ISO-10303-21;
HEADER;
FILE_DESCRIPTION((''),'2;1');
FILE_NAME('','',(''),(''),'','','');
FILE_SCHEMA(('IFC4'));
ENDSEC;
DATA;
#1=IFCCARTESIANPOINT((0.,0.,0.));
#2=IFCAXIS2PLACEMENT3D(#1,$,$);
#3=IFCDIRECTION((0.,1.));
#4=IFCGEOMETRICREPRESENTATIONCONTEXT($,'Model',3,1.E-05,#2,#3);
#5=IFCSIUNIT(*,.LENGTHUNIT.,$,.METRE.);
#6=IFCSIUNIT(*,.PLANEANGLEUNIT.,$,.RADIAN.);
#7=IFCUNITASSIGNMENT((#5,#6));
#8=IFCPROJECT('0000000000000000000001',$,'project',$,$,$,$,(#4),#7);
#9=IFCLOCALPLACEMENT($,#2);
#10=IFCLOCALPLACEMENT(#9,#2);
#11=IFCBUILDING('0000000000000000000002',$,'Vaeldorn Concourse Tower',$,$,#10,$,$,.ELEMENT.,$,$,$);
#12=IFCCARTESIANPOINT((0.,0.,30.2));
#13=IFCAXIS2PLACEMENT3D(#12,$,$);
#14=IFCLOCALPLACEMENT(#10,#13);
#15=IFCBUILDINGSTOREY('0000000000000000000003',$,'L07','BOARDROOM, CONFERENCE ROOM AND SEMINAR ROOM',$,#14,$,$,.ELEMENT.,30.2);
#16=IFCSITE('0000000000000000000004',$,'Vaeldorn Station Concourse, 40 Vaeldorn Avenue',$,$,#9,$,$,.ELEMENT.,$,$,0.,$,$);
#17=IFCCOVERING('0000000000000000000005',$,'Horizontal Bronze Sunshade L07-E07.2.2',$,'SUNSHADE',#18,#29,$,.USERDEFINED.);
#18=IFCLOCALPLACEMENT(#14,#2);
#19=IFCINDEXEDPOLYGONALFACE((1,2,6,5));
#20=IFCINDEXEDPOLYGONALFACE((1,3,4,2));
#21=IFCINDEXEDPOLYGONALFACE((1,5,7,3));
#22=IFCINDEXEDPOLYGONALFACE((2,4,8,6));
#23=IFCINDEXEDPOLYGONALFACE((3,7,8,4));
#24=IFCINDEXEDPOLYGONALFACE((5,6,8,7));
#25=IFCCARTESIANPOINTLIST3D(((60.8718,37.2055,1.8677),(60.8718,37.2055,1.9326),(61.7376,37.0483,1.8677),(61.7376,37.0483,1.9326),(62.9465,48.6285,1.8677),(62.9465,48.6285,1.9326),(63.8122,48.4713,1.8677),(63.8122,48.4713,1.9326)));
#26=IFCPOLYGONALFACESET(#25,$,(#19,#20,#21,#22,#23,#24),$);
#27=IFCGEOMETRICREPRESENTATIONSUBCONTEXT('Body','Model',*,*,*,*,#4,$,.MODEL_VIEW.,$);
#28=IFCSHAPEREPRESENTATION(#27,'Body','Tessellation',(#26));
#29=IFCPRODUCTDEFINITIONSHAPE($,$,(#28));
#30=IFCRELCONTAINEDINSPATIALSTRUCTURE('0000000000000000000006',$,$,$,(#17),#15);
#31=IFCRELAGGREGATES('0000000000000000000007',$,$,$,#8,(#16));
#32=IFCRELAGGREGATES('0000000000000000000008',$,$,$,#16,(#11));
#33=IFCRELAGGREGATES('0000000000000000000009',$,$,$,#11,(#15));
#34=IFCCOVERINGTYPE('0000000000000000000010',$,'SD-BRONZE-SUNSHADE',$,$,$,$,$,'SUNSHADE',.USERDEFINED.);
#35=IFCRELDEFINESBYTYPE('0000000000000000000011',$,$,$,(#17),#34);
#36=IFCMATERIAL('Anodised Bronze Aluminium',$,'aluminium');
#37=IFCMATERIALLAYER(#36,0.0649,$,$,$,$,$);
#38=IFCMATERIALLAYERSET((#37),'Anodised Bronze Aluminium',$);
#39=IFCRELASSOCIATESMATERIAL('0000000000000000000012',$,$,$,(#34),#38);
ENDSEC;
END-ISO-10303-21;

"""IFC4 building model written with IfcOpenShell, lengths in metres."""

from ifc_helpers import new_model, si_unit, direction, frame, origin, origin_2d, place, context, subcontext, project, spatial, rectangle, extrude, source, transform, mapped, material, layer, layer_set, type_object, element, save


model = new_model("IFC4")

# Units and contexts
model_context = context("Model", 3, precision=1e-05, world=origin(), true_north=direction((0.0, 1.0)))
body_context = subcontext(model_context, "Body", "Model", "MODEL_VIEW")
ifc_project = project(units=[si_unit("LENGTHUNIT", "METRE"), si_unit("PLANEANGLEUNIT", "RADIAN")], contexts=[model_context])

# Site, building, storey
site_placement = place(None, origin())
site = spatial("IfcSite", under=ifc_project, at=site_placement, Name="Vaeldorn Station Concourse, 40 Vaeldorn Avenue", CompositionType="ELEMENT", RefElevation=0.0)
building_placement = place(site_placement, origin())
building = spatial("IfcBuilding", under=site, at=building_placement, Name="Vaeldorn Concourse Tower", CompositionType="ELEMENT")
storey_placement = place(building_placement, frame((0.0, 0.0, 30.2)))
storey = spatial("IfcBuildingStorey", under=building, at=storey_placement, Name="L07", Description="BOARDROOM, CONFERENCE ROOM AND SEMINAR ROOM", CompositionType="ELEMENT", Elevation=30.2)

# Shared definitions
ifc_material_1 = material(Name="Anodised Bronze Aluminium", Category="aluminium")

# Covering
ifc_layer_1 = layer(ifc_material_1, 0.0649)
ifc_layer_set_1 = layer_set([ifc_layer_1], Name="Anodised Bronze Aluminium")
covering_type = type_object("IfcCoveringType", Name="SD-BRONZE-SUNSHADE", ElementType="SUNSHADE", PredefinedType="USERDEFINED", material=ifc_layer_set_1)
shared_shape_1 = source(origin(), body_context, "Body", "SweptSolid", [
    extrude(rectangle(XDim=11.6099, YDim=0.8799, at=origin_2d()), origin(), (0.0, 0.0, 1.0), 0.0649),
])
for number, where, z_axis, x_axis, name in (
    (1, (62.342, 42.8384, 1.8677), (0.0, 0.0, 1.0), (0.178699, 0.983904, 0.0), "Horizontal Bronze Sunshade L07-E07.2.2"),
):
    element("IfcCovering", number, at=place(storey_placement, frame(where, z_axis=z_axis, x_axis=x_axis)), inside=storey, type_object=covering_type, Name=name, ObjectType="SUNSHADE", PredefinedType="USERDEFINED", context=body_context, shape_type="MappedRepresentation", body=[
        mapped(shared_shape_1, transform((0.0, 0.0, 0.0), scale=1.0)),
    ])

save(model, "model.ifc")
